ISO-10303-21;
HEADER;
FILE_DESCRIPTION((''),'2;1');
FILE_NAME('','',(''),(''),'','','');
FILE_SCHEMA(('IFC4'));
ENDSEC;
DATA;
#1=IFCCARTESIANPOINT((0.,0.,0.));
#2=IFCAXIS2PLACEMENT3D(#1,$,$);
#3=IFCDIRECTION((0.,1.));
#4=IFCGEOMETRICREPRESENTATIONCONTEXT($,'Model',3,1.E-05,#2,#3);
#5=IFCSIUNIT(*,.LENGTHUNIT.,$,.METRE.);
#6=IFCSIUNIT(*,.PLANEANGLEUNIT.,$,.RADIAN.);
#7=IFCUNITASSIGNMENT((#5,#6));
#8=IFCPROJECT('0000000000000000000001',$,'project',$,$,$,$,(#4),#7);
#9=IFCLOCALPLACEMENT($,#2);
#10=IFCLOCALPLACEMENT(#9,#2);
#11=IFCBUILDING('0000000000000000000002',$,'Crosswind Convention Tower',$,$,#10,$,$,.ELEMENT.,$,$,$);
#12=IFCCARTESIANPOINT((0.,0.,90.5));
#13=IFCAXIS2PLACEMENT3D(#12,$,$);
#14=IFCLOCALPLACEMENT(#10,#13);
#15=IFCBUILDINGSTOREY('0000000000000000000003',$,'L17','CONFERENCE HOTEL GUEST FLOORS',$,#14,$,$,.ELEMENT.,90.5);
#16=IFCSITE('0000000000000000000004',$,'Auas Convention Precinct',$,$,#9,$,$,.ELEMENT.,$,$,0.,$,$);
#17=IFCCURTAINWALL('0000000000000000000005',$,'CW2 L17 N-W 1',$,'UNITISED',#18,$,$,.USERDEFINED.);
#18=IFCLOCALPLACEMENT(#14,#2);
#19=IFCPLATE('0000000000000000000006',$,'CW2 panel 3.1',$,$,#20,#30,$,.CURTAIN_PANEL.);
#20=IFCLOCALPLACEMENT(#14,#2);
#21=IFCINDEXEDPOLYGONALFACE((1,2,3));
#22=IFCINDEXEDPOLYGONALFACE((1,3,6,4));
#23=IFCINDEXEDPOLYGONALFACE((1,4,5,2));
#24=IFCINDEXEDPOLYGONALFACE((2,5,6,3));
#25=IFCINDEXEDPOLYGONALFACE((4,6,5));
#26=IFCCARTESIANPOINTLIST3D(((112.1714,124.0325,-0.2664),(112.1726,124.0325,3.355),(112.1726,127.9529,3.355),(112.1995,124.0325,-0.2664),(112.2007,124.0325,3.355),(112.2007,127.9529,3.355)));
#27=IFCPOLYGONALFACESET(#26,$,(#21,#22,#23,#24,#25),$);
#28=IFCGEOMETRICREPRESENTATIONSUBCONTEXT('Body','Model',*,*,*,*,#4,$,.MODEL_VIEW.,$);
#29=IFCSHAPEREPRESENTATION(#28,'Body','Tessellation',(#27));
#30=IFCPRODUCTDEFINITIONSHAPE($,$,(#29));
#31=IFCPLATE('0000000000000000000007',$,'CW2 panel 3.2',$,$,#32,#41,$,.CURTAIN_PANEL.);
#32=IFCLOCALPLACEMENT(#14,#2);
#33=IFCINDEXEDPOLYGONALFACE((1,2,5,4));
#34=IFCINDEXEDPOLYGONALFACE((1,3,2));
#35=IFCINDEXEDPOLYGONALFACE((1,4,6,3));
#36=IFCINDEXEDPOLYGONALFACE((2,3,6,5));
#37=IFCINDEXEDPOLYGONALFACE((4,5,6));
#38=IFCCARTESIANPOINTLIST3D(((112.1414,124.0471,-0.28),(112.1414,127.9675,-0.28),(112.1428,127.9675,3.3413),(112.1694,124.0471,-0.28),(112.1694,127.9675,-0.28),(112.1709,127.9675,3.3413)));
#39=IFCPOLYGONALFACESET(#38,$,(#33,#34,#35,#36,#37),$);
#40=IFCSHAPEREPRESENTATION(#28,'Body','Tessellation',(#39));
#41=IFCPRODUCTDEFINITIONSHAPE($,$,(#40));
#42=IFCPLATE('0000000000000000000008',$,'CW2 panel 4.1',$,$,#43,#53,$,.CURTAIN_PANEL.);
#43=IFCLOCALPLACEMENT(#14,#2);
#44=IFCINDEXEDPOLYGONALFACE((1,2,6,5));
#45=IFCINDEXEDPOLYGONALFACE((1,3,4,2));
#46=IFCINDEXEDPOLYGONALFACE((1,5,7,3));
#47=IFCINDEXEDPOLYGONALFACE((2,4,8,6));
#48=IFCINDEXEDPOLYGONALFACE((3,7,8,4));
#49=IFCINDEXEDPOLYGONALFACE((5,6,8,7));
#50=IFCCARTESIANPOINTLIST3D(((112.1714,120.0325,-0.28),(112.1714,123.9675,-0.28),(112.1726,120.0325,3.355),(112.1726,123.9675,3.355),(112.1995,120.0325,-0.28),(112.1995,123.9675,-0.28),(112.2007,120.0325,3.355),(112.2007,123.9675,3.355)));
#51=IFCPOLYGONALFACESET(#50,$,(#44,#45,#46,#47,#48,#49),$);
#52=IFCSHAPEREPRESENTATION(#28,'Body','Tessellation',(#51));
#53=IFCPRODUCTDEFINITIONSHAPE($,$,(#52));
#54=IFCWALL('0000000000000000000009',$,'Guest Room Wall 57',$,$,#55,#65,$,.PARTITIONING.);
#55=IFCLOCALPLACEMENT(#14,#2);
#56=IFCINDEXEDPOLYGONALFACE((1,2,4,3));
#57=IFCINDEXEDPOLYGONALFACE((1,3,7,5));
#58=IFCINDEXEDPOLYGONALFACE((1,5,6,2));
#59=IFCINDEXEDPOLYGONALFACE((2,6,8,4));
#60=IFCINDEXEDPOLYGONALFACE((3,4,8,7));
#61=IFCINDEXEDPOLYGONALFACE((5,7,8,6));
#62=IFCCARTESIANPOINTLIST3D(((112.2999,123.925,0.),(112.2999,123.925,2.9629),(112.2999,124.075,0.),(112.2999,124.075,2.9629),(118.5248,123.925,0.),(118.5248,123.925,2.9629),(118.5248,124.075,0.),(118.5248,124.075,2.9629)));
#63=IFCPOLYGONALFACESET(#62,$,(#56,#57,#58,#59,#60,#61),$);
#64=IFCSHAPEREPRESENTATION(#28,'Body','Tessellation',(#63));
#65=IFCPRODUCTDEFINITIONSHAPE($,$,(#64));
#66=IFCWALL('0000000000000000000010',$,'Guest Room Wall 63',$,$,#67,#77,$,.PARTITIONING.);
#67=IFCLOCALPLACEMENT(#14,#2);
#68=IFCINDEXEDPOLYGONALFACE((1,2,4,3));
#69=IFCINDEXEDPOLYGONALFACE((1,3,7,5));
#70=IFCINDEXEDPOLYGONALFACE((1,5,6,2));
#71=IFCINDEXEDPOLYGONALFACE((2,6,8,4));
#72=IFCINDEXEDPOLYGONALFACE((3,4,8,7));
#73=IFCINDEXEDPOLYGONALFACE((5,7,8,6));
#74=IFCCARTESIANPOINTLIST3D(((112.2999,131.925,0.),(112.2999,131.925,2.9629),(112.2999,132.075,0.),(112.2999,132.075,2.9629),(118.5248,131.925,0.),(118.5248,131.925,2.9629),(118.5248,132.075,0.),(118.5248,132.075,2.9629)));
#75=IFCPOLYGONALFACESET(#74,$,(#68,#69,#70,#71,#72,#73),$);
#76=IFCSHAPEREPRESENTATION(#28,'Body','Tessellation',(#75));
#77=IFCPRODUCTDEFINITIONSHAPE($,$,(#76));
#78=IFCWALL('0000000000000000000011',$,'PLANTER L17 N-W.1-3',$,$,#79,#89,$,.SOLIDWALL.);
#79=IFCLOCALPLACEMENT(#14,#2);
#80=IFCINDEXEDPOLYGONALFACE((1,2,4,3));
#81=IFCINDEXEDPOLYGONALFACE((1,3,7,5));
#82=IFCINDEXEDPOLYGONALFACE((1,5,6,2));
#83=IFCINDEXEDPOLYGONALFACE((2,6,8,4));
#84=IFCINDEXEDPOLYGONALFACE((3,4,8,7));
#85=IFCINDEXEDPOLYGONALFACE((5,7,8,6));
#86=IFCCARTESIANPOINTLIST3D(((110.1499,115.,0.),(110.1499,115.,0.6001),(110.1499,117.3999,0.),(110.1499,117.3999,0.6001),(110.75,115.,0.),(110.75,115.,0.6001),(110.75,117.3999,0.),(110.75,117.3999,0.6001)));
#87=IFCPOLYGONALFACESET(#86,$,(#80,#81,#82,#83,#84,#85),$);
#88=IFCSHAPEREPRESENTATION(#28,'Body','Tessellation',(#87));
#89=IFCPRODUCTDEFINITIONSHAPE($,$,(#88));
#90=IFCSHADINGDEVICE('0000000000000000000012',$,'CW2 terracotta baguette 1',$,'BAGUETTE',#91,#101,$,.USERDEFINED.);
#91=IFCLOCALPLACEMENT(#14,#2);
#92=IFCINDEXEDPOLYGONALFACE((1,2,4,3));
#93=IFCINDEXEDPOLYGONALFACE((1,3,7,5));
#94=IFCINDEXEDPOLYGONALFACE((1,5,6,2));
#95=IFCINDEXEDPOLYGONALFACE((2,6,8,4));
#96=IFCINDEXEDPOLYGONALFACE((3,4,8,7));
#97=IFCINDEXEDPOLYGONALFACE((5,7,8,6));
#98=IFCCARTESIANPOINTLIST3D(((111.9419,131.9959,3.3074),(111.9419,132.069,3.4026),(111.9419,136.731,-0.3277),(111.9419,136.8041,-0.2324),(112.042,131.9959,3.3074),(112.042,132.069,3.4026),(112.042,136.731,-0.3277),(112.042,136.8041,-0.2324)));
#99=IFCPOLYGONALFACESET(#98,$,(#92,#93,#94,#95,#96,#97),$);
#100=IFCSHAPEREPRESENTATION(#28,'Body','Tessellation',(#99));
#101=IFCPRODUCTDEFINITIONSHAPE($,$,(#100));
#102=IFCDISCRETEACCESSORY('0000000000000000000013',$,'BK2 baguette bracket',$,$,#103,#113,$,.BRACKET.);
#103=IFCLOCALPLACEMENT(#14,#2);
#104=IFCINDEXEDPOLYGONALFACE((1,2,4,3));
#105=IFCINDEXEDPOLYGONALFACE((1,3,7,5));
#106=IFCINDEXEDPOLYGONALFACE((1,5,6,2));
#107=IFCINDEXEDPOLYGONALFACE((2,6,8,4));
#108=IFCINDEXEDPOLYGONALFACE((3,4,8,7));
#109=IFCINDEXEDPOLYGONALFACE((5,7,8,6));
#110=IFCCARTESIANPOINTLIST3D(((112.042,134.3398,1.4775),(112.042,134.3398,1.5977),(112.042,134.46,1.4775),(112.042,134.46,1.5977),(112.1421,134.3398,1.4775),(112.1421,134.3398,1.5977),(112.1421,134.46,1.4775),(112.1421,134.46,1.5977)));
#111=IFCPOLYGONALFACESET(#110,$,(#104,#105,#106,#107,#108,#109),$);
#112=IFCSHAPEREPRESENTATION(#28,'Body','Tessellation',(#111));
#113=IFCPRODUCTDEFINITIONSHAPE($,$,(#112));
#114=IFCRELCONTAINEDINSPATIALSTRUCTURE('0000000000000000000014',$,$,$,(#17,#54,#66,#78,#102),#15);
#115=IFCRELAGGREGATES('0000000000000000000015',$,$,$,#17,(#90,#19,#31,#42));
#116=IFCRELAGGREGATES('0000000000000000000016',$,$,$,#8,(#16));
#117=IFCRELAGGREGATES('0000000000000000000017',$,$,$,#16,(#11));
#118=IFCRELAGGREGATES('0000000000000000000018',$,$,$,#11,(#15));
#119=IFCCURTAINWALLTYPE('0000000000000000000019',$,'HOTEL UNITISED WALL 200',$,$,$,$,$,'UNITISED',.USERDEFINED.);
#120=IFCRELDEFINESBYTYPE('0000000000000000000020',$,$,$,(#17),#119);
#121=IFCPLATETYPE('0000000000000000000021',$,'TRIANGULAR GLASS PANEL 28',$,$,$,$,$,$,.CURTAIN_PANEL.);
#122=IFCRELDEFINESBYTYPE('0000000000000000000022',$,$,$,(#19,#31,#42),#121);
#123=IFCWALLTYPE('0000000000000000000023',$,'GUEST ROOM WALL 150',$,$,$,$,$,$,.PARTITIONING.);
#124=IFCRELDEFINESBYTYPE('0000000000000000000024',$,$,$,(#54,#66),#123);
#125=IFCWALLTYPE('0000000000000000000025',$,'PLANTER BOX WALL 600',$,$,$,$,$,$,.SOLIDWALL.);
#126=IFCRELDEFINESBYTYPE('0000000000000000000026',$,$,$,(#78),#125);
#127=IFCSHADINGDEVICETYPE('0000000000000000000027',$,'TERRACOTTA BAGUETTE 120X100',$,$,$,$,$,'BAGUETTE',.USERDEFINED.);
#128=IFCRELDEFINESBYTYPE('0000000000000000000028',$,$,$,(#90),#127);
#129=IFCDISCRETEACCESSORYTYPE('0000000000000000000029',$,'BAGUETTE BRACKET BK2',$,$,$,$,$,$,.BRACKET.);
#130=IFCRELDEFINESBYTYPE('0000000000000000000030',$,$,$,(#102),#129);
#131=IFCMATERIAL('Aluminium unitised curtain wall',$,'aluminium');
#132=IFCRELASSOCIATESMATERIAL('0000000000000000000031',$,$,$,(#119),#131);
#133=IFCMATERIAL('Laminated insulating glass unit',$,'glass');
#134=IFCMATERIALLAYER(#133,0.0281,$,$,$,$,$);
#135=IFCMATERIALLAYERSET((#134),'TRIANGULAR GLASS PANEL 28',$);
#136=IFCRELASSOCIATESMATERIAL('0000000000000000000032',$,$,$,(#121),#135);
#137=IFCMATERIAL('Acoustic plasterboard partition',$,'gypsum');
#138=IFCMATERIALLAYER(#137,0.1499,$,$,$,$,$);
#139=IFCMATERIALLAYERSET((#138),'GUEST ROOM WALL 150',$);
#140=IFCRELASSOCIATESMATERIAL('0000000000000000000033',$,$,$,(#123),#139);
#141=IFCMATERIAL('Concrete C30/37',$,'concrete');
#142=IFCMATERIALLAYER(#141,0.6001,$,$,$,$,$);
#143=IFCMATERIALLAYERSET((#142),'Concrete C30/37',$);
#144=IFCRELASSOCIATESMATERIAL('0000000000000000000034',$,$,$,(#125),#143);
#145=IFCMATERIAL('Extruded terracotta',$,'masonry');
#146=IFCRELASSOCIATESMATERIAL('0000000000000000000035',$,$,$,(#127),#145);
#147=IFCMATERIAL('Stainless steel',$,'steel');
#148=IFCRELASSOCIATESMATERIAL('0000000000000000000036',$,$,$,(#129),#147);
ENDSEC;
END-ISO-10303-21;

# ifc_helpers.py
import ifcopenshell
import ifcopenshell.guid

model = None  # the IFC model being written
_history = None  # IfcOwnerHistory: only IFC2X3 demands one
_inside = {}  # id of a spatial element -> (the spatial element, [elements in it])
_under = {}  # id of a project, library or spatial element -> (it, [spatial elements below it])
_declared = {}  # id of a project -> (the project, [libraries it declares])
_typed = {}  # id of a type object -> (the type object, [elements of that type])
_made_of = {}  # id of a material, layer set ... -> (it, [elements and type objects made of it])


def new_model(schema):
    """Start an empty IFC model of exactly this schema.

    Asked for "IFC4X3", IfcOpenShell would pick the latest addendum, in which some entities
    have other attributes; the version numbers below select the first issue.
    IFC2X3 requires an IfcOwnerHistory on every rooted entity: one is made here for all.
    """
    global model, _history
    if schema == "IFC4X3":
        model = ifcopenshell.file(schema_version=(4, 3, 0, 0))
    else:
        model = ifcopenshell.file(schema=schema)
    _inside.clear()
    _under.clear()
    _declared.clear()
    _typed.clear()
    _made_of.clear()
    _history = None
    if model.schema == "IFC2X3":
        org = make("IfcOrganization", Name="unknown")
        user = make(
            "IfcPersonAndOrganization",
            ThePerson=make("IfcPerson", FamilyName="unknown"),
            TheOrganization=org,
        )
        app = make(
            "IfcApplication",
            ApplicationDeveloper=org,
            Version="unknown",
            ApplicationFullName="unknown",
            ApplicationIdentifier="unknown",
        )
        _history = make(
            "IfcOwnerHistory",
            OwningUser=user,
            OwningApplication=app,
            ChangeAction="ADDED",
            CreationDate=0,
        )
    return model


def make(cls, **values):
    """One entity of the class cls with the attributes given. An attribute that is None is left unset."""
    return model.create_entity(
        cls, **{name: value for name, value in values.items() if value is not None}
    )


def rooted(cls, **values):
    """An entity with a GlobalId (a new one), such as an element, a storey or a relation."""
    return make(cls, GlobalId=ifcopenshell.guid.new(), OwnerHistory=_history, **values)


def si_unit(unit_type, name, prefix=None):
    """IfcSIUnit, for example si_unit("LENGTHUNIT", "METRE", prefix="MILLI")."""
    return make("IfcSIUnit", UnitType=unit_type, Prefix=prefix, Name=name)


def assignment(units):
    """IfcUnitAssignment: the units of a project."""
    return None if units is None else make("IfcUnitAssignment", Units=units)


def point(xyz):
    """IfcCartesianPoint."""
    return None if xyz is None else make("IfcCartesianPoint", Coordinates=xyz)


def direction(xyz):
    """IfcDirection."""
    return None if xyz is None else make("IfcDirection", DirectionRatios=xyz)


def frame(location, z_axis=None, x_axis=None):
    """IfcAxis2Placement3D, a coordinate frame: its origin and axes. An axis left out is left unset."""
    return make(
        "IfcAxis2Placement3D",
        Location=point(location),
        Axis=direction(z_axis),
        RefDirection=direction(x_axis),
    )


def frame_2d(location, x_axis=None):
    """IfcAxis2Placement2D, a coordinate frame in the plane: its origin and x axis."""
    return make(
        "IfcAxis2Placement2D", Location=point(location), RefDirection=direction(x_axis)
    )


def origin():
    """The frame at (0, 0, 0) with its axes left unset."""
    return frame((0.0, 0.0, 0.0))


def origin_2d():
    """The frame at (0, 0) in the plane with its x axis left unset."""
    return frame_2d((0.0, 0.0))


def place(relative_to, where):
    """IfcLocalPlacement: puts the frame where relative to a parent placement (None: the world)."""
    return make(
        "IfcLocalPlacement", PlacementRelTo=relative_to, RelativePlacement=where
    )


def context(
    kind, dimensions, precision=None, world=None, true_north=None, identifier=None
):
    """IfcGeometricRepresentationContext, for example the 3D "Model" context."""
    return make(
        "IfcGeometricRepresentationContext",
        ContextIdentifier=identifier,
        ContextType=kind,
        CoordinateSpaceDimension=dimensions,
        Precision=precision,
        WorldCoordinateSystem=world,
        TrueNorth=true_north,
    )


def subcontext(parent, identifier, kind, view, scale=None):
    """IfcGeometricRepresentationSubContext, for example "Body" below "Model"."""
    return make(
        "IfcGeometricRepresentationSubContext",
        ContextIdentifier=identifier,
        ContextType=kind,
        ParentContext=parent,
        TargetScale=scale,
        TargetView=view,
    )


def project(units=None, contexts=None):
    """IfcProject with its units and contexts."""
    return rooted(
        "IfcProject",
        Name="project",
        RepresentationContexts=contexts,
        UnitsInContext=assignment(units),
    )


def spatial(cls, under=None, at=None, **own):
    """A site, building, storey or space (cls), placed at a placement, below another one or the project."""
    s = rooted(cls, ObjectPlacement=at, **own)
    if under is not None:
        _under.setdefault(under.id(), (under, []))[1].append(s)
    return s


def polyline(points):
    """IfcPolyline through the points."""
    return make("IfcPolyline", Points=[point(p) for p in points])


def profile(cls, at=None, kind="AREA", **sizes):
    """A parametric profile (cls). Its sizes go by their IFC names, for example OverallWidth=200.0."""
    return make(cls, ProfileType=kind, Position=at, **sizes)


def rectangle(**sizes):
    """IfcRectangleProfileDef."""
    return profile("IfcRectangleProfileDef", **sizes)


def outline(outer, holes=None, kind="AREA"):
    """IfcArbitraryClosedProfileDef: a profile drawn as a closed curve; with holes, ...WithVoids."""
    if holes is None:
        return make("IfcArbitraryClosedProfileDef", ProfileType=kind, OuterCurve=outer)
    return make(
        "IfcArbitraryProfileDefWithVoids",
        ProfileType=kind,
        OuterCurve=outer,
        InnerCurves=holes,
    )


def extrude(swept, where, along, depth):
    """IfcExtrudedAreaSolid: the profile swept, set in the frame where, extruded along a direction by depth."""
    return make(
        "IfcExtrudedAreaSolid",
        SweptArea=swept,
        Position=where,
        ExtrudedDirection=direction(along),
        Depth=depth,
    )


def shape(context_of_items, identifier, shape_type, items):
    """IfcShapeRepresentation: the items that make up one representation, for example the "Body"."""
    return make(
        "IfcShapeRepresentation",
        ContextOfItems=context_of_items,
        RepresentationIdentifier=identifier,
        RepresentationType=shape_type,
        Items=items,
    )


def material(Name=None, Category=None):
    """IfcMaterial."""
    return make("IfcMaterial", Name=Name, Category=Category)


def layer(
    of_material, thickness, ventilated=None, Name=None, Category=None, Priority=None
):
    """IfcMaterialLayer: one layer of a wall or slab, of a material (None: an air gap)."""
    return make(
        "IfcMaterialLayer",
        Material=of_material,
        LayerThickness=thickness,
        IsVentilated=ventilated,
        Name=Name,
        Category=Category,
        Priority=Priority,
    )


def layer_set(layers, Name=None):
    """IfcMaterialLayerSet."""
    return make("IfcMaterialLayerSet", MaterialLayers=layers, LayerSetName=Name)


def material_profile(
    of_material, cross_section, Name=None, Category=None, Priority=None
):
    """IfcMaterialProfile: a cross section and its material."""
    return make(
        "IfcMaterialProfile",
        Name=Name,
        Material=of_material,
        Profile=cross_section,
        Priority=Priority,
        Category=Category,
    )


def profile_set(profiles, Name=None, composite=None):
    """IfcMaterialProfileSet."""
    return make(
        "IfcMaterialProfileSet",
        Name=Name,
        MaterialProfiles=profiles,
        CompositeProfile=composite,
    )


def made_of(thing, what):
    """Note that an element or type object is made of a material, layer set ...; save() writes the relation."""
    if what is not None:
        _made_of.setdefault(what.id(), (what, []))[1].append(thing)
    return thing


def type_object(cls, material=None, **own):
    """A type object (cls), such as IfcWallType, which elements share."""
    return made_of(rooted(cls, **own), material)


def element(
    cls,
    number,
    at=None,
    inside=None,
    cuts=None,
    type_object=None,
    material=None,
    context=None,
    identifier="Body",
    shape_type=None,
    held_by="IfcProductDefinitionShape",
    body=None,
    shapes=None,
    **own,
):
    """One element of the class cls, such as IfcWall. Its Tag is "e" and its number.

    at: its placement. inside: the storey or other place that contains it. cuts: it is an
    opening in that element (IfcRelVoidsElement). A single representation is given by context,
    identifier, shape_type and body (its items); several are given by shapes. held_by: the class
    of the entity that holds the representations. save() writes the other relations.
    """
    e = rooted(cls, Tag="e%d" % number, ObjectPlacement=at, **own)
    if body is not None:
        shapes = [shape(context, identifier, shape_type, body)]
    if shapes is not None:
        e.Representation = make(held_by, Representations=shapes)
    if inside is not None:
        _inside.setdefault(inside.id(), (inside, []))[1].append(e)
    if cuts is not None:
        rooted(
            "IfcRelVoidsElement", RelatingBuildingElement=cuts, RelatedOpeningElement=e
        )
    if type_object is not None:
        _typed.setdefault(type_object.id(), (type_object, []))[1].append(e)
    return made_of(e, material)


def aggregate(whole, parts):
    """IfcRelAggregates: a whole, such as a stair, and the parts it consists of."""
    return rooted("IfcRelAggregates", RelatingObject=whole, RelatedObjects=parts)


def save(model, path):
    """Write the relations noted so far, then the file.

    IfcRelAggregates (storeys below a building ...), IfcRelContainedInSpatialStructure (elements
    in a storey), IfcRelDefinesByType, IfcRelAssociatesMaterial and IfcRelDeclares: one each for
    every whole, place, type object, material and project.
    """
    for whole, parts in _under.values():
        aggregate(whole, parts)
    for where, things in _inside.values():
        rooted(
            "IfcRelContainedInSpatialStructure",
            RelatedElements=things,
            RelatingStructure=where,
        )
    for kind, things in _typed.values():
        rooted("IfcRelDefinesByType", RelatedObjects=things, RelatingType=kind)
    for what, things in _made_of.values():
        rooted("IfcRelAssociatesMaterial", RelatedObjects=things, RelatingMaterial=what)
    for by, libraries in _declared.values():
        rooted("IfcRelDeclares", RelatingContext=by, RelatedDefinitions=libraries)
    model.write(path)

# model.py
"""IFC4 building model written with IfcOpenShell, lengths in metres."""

from ifc_helpers import new_model, si_unit, direction, frame, frame_2d, origin, origin_2d, place, context, subcontext, project, spatial, polyline, rectangle, outline, extrude, material, layer, layer_set, material_profile, profile_set, type_object, element, aggregate, save


model = new_model("IFC4")

# Units and contexts
model_context = context("Model", 3, precision=1e-05, world=origin(), true_north=direction((0.0, 1.0)))
body_context = subcontext(model_context, "Body", "Model", "MODEL_VIEW")
ifc_project = project(units=[si_unit("LENGTHUNIT", "METRE"), si_unit("PLANEANGLEUNIT", "RADIAN")], contexts=[model_context])

# Site, building, storey
site_placement = place(None, origin())
site = spatial("IfcSite", under=ifc_project, at=site_placement, Name="Auas Convention Precinct", CompositionType="ELEMENT", RefElevation=0.0)
building_placement = place(site_placement, origin())
building = spatial("IfcBuilding", under=site, at=building_placement, Name="Crosswind Convention Tower", CompositionType="ELEMENT")
storey_placement = place(building_placement, frame((0.0, 0.0, 90.5)))
storey = spatial("IfcBuildingStorey", under=building, at=storey_placement, Name="L17", Description="CONFERENCE HOTEL GUEST FLOORS", CompositionType="ELEMENT", Elevation=90.5)

# Shared definitions
ifc_material_1 = material(Name="Aluminium unitised curtain wall", Category="aluminium")

# Shared definitions
curtain_wall_type_1 = type_object("IfcCurtainWallType", Name="HOTEL UNITISED WALL 200", ElementType="UNITISED", PredefinedType="USERDEFINED", material=ifc_material_1)

# Curtain wall
curtain_wall_1_placement = place(storey_placement, origin())
curtain_wall_1 = element("IfcCurtainWall", 1, at=curtain_wall_1_placement, inside=storey, type_object=curtain_wall_type_1, Name="CW2 L17 N-W 1", ObjectType="UNITISED", PredefinedType="USERDEFINED")

# Plates
ifc_material_2 = material(Name="Laminated insulating glass unit", Category="glass")
ifc_layer_1 = layer(ifc_material_2, 0.0281)
ifc_layer_set_1 = layer_set([ifc_layer_1], Name="TRIANGULAR GLASS PANEL 28")
plate_type_1 = type_object("IfcPlateType", Name="TRIANGULAR GLASS PANEL 28", PredefinedType="CURTAIN_PANEL", material=ifc_layer_set_1)
plate_1_placement = place(storey_placement, frame((112.1726, 124.0325, 3.355), z_axis=(-1.0, 0.0, 0.000337), x_axis=(0.0, 1.0, 0.0)))
plate_1 = element("IfcPlate", 2, at=plate_1_placement, type_object=plate_type_1, Name="CW2 panel 3.1", PredefinedType="CURTAIN_PANEL", context=body_context, shape_type="SweptSolid", body=[
    extrude(outline(polyline([(0.0, 0.0), (3.9204, 0.0), (0.0, 3.6213), (0.0, 0.0)])), origin(), (0.0, 0.0, -1.0), 0.0281),
])
plate_2_placement = place(storey_placement, frame((112.1414, 127.9675, -0.28), z_axis=(-1.0, 0.0, 0.000405), x_axis=(0.0, -1.0, 0.0)))
plate_2 = element("IfcPlate", 3, at=plate_2_placement, type_object=plate_type_1, Name="CW2 panel 3.2", PredefinedType="CURTAIN_PANEL", context=body_context, shape_type="SweptSolid", body=[
    extrude(outline(polyline([(0.0, 0.0), (3.9204, 0.0), (0.0, 3.6213), (0.0, 0.0)])), origin(), (0.0, 0.0, -1.0), 0.0281),
])
plate_3_placement = place(storey_placement, frame((112.1714, 123.9675, -0.28), z_axis=(-1.0, 0.0, 0.000336), x_axis=(0.0, -1.0, 0.0)))
plate_3 = element("IfcPlate", 4, at=plate_3_placement, type_object=plate_type_1, Name="CW2 panel 4.1", PredefinedType="CURTAIN_PANEL", context=body_context, shape_type="SweptSolid", body=[
    extrude(outline(polyline([(0.0, 0.0), (3.9351, 0.0), (3.9351, 3.635), (0.0, 3.635), (0.0, 0.0)])), origin(), (0.0, 0.0, -1.0), 0.0281),
])

# Walls
ifc_material_3 = material(Name="Acoustic plasterboard partition", Category="gypsum")
ifc_layer_2 = layer(ifc_material_3, 0.1499)
ifc_layer_set_2 = layer_set([ifc_layer_2], Name="GUEST ROOM WALL 150")
wall_type_1 = type_object("IfcWallType", Name="GUEST ROOM WALL 150", PredefinedType="PARTITIONING", material=ifc_layer_set_2)
for number, where, z_axis, x_axis, name in (
    (5, (112.3, 124.0, 0.0), (0.0, 0.0, 1.0), (1.0, 0.0, 0.0), "Guest Room Wall 57"),
    (6, (112.3, 132.0, 0.0), (0.0, 0.0, 1.0), (1.0, 0.0, 0.0), "Guest Room Wall 63"),
):
    element("IfcWall", number, at=place(storey_placement, frame(where, z_axis=z_axis, x_axis=x_axis)), inside=storey, type_object=wall_type_1, Name=name, PredefinedType="PARTITIONING", context=body_context, shape_type="SweptSolid", body=[
        extrude(rectangle(XDim=6.2249, YDim=0.1499, at=frame_2d((3.1123, 0.0))), origin(), (0.0, 0.0, 1.0), 2.9629),
    ])
ifc_material_4 = material(Name="Concrete C30/37", Category="concrete")
ifc_layer_3 = layer(ifc_material_4, 0.6001)
ifc_layer_set_3 = layer_set([ifc_layer_3], Name="Concrete C30/37")
wall_type_2 = type_object("IfcWallType", Name="PLANTER BOX WALL 600", PredefinedType="SOLIDWALL", material=ifc_layer_set_3)
wall_1_placement = place(storey_placement, frame((110.45, 117.3999, 0.0), z_axis=(0.0, 0.0, 1.0), x_axis=(0.0, -1.0, 0.0)))
element("IfcWall", 7, at=wall_1_placement, inside=storey, type_object=wall_type_2, Name="PLANTER L17 N-W.1-3", PredefinedType="SOLIDWALL", context=body_context, shape_type="SweptSolid", body=[
    extrude(rectangle(XDim=2.3999, YDim=0.6001, at=frame_2d((1.2, 0.0))), origin(), (0.0, 0.0, 1.0), 0.6001),
])

# Shading device
ifc_material_5 = material(Name="Extruded terracotta", Category="masonry")
ifc_material_profile_1 = material_profile(ifc_material_5, rectangle(XDim=0.1001, YDim=0.1201, at=origin_2d()), Name="TC 100X120")
ifc_profile_set_1 = profile_set([ifc_material_profile_1], Name="Extruded terracotta")
shading_device_type = type_object("IfcShadingDeviceType", Name="TERRACOTTA BAGUETTE 120X100", ElementType="BAGUETTE", PredefinedType="USERDEFINED", material=ifc_profile_set_1)
shading_device_placement = place(storey_placement, frame((111.9919, 136.7676, -0.28), z_axis=(0.0, -0.793221, 0.608934), x_axis=(1.0, 0.0, 0.0)))
shading_device = element("IfcShadingDevice", 8, at=shading_device_placement, type_object=shading_device_type, Name="CW2 terracotta baguette 1", ObjectType="BAGUETTE", PredefinedType="USERDEFINED", context=body_context, shape_type="SweptSolid", body=[
    extrude(rectangle(XDim=0.1001, YDim=0.1201, at=origin_2d()), origin(), (0.0, 0.0, 1.0), 5.9695),
])
aggregate(curtain_wall_1, [shading_device, plate_1, plate_2, plate_3])

# Discrete accessory
ifc_material_6 = material(Name="Stainless steel", Category="steel")
discrete_accessory_type = type_object("IfcDiscreteAccessoryType", Name="BAGUETTE BRACKET BK2", PredefinedType="BRACKET", material=ifc_material_6)
discrete_accessory_placement = place(storey_placement, frame((112.092, 134.3999, 1.4775), z_axis=(0.0, 0.0, 1.0), x_axis=(0.0, -1.0, 0.0)))
element("IfcDiscreteAccessory", 9, at=discrete_accessory_placement, inside=storey, type_object=discrete_accessory_type, Name="BK2 baguette bracket", PredefinedType="BRACKET", context=body_context, shape_type="SweptSolid", body=[
    extrude(rectangle(XDim=0.1201, YDim=0.1001, at=origin_2d()), origin(), (0.0, 0.0, 1.0), 0.1201),
])

save(model, "model.ifc")
